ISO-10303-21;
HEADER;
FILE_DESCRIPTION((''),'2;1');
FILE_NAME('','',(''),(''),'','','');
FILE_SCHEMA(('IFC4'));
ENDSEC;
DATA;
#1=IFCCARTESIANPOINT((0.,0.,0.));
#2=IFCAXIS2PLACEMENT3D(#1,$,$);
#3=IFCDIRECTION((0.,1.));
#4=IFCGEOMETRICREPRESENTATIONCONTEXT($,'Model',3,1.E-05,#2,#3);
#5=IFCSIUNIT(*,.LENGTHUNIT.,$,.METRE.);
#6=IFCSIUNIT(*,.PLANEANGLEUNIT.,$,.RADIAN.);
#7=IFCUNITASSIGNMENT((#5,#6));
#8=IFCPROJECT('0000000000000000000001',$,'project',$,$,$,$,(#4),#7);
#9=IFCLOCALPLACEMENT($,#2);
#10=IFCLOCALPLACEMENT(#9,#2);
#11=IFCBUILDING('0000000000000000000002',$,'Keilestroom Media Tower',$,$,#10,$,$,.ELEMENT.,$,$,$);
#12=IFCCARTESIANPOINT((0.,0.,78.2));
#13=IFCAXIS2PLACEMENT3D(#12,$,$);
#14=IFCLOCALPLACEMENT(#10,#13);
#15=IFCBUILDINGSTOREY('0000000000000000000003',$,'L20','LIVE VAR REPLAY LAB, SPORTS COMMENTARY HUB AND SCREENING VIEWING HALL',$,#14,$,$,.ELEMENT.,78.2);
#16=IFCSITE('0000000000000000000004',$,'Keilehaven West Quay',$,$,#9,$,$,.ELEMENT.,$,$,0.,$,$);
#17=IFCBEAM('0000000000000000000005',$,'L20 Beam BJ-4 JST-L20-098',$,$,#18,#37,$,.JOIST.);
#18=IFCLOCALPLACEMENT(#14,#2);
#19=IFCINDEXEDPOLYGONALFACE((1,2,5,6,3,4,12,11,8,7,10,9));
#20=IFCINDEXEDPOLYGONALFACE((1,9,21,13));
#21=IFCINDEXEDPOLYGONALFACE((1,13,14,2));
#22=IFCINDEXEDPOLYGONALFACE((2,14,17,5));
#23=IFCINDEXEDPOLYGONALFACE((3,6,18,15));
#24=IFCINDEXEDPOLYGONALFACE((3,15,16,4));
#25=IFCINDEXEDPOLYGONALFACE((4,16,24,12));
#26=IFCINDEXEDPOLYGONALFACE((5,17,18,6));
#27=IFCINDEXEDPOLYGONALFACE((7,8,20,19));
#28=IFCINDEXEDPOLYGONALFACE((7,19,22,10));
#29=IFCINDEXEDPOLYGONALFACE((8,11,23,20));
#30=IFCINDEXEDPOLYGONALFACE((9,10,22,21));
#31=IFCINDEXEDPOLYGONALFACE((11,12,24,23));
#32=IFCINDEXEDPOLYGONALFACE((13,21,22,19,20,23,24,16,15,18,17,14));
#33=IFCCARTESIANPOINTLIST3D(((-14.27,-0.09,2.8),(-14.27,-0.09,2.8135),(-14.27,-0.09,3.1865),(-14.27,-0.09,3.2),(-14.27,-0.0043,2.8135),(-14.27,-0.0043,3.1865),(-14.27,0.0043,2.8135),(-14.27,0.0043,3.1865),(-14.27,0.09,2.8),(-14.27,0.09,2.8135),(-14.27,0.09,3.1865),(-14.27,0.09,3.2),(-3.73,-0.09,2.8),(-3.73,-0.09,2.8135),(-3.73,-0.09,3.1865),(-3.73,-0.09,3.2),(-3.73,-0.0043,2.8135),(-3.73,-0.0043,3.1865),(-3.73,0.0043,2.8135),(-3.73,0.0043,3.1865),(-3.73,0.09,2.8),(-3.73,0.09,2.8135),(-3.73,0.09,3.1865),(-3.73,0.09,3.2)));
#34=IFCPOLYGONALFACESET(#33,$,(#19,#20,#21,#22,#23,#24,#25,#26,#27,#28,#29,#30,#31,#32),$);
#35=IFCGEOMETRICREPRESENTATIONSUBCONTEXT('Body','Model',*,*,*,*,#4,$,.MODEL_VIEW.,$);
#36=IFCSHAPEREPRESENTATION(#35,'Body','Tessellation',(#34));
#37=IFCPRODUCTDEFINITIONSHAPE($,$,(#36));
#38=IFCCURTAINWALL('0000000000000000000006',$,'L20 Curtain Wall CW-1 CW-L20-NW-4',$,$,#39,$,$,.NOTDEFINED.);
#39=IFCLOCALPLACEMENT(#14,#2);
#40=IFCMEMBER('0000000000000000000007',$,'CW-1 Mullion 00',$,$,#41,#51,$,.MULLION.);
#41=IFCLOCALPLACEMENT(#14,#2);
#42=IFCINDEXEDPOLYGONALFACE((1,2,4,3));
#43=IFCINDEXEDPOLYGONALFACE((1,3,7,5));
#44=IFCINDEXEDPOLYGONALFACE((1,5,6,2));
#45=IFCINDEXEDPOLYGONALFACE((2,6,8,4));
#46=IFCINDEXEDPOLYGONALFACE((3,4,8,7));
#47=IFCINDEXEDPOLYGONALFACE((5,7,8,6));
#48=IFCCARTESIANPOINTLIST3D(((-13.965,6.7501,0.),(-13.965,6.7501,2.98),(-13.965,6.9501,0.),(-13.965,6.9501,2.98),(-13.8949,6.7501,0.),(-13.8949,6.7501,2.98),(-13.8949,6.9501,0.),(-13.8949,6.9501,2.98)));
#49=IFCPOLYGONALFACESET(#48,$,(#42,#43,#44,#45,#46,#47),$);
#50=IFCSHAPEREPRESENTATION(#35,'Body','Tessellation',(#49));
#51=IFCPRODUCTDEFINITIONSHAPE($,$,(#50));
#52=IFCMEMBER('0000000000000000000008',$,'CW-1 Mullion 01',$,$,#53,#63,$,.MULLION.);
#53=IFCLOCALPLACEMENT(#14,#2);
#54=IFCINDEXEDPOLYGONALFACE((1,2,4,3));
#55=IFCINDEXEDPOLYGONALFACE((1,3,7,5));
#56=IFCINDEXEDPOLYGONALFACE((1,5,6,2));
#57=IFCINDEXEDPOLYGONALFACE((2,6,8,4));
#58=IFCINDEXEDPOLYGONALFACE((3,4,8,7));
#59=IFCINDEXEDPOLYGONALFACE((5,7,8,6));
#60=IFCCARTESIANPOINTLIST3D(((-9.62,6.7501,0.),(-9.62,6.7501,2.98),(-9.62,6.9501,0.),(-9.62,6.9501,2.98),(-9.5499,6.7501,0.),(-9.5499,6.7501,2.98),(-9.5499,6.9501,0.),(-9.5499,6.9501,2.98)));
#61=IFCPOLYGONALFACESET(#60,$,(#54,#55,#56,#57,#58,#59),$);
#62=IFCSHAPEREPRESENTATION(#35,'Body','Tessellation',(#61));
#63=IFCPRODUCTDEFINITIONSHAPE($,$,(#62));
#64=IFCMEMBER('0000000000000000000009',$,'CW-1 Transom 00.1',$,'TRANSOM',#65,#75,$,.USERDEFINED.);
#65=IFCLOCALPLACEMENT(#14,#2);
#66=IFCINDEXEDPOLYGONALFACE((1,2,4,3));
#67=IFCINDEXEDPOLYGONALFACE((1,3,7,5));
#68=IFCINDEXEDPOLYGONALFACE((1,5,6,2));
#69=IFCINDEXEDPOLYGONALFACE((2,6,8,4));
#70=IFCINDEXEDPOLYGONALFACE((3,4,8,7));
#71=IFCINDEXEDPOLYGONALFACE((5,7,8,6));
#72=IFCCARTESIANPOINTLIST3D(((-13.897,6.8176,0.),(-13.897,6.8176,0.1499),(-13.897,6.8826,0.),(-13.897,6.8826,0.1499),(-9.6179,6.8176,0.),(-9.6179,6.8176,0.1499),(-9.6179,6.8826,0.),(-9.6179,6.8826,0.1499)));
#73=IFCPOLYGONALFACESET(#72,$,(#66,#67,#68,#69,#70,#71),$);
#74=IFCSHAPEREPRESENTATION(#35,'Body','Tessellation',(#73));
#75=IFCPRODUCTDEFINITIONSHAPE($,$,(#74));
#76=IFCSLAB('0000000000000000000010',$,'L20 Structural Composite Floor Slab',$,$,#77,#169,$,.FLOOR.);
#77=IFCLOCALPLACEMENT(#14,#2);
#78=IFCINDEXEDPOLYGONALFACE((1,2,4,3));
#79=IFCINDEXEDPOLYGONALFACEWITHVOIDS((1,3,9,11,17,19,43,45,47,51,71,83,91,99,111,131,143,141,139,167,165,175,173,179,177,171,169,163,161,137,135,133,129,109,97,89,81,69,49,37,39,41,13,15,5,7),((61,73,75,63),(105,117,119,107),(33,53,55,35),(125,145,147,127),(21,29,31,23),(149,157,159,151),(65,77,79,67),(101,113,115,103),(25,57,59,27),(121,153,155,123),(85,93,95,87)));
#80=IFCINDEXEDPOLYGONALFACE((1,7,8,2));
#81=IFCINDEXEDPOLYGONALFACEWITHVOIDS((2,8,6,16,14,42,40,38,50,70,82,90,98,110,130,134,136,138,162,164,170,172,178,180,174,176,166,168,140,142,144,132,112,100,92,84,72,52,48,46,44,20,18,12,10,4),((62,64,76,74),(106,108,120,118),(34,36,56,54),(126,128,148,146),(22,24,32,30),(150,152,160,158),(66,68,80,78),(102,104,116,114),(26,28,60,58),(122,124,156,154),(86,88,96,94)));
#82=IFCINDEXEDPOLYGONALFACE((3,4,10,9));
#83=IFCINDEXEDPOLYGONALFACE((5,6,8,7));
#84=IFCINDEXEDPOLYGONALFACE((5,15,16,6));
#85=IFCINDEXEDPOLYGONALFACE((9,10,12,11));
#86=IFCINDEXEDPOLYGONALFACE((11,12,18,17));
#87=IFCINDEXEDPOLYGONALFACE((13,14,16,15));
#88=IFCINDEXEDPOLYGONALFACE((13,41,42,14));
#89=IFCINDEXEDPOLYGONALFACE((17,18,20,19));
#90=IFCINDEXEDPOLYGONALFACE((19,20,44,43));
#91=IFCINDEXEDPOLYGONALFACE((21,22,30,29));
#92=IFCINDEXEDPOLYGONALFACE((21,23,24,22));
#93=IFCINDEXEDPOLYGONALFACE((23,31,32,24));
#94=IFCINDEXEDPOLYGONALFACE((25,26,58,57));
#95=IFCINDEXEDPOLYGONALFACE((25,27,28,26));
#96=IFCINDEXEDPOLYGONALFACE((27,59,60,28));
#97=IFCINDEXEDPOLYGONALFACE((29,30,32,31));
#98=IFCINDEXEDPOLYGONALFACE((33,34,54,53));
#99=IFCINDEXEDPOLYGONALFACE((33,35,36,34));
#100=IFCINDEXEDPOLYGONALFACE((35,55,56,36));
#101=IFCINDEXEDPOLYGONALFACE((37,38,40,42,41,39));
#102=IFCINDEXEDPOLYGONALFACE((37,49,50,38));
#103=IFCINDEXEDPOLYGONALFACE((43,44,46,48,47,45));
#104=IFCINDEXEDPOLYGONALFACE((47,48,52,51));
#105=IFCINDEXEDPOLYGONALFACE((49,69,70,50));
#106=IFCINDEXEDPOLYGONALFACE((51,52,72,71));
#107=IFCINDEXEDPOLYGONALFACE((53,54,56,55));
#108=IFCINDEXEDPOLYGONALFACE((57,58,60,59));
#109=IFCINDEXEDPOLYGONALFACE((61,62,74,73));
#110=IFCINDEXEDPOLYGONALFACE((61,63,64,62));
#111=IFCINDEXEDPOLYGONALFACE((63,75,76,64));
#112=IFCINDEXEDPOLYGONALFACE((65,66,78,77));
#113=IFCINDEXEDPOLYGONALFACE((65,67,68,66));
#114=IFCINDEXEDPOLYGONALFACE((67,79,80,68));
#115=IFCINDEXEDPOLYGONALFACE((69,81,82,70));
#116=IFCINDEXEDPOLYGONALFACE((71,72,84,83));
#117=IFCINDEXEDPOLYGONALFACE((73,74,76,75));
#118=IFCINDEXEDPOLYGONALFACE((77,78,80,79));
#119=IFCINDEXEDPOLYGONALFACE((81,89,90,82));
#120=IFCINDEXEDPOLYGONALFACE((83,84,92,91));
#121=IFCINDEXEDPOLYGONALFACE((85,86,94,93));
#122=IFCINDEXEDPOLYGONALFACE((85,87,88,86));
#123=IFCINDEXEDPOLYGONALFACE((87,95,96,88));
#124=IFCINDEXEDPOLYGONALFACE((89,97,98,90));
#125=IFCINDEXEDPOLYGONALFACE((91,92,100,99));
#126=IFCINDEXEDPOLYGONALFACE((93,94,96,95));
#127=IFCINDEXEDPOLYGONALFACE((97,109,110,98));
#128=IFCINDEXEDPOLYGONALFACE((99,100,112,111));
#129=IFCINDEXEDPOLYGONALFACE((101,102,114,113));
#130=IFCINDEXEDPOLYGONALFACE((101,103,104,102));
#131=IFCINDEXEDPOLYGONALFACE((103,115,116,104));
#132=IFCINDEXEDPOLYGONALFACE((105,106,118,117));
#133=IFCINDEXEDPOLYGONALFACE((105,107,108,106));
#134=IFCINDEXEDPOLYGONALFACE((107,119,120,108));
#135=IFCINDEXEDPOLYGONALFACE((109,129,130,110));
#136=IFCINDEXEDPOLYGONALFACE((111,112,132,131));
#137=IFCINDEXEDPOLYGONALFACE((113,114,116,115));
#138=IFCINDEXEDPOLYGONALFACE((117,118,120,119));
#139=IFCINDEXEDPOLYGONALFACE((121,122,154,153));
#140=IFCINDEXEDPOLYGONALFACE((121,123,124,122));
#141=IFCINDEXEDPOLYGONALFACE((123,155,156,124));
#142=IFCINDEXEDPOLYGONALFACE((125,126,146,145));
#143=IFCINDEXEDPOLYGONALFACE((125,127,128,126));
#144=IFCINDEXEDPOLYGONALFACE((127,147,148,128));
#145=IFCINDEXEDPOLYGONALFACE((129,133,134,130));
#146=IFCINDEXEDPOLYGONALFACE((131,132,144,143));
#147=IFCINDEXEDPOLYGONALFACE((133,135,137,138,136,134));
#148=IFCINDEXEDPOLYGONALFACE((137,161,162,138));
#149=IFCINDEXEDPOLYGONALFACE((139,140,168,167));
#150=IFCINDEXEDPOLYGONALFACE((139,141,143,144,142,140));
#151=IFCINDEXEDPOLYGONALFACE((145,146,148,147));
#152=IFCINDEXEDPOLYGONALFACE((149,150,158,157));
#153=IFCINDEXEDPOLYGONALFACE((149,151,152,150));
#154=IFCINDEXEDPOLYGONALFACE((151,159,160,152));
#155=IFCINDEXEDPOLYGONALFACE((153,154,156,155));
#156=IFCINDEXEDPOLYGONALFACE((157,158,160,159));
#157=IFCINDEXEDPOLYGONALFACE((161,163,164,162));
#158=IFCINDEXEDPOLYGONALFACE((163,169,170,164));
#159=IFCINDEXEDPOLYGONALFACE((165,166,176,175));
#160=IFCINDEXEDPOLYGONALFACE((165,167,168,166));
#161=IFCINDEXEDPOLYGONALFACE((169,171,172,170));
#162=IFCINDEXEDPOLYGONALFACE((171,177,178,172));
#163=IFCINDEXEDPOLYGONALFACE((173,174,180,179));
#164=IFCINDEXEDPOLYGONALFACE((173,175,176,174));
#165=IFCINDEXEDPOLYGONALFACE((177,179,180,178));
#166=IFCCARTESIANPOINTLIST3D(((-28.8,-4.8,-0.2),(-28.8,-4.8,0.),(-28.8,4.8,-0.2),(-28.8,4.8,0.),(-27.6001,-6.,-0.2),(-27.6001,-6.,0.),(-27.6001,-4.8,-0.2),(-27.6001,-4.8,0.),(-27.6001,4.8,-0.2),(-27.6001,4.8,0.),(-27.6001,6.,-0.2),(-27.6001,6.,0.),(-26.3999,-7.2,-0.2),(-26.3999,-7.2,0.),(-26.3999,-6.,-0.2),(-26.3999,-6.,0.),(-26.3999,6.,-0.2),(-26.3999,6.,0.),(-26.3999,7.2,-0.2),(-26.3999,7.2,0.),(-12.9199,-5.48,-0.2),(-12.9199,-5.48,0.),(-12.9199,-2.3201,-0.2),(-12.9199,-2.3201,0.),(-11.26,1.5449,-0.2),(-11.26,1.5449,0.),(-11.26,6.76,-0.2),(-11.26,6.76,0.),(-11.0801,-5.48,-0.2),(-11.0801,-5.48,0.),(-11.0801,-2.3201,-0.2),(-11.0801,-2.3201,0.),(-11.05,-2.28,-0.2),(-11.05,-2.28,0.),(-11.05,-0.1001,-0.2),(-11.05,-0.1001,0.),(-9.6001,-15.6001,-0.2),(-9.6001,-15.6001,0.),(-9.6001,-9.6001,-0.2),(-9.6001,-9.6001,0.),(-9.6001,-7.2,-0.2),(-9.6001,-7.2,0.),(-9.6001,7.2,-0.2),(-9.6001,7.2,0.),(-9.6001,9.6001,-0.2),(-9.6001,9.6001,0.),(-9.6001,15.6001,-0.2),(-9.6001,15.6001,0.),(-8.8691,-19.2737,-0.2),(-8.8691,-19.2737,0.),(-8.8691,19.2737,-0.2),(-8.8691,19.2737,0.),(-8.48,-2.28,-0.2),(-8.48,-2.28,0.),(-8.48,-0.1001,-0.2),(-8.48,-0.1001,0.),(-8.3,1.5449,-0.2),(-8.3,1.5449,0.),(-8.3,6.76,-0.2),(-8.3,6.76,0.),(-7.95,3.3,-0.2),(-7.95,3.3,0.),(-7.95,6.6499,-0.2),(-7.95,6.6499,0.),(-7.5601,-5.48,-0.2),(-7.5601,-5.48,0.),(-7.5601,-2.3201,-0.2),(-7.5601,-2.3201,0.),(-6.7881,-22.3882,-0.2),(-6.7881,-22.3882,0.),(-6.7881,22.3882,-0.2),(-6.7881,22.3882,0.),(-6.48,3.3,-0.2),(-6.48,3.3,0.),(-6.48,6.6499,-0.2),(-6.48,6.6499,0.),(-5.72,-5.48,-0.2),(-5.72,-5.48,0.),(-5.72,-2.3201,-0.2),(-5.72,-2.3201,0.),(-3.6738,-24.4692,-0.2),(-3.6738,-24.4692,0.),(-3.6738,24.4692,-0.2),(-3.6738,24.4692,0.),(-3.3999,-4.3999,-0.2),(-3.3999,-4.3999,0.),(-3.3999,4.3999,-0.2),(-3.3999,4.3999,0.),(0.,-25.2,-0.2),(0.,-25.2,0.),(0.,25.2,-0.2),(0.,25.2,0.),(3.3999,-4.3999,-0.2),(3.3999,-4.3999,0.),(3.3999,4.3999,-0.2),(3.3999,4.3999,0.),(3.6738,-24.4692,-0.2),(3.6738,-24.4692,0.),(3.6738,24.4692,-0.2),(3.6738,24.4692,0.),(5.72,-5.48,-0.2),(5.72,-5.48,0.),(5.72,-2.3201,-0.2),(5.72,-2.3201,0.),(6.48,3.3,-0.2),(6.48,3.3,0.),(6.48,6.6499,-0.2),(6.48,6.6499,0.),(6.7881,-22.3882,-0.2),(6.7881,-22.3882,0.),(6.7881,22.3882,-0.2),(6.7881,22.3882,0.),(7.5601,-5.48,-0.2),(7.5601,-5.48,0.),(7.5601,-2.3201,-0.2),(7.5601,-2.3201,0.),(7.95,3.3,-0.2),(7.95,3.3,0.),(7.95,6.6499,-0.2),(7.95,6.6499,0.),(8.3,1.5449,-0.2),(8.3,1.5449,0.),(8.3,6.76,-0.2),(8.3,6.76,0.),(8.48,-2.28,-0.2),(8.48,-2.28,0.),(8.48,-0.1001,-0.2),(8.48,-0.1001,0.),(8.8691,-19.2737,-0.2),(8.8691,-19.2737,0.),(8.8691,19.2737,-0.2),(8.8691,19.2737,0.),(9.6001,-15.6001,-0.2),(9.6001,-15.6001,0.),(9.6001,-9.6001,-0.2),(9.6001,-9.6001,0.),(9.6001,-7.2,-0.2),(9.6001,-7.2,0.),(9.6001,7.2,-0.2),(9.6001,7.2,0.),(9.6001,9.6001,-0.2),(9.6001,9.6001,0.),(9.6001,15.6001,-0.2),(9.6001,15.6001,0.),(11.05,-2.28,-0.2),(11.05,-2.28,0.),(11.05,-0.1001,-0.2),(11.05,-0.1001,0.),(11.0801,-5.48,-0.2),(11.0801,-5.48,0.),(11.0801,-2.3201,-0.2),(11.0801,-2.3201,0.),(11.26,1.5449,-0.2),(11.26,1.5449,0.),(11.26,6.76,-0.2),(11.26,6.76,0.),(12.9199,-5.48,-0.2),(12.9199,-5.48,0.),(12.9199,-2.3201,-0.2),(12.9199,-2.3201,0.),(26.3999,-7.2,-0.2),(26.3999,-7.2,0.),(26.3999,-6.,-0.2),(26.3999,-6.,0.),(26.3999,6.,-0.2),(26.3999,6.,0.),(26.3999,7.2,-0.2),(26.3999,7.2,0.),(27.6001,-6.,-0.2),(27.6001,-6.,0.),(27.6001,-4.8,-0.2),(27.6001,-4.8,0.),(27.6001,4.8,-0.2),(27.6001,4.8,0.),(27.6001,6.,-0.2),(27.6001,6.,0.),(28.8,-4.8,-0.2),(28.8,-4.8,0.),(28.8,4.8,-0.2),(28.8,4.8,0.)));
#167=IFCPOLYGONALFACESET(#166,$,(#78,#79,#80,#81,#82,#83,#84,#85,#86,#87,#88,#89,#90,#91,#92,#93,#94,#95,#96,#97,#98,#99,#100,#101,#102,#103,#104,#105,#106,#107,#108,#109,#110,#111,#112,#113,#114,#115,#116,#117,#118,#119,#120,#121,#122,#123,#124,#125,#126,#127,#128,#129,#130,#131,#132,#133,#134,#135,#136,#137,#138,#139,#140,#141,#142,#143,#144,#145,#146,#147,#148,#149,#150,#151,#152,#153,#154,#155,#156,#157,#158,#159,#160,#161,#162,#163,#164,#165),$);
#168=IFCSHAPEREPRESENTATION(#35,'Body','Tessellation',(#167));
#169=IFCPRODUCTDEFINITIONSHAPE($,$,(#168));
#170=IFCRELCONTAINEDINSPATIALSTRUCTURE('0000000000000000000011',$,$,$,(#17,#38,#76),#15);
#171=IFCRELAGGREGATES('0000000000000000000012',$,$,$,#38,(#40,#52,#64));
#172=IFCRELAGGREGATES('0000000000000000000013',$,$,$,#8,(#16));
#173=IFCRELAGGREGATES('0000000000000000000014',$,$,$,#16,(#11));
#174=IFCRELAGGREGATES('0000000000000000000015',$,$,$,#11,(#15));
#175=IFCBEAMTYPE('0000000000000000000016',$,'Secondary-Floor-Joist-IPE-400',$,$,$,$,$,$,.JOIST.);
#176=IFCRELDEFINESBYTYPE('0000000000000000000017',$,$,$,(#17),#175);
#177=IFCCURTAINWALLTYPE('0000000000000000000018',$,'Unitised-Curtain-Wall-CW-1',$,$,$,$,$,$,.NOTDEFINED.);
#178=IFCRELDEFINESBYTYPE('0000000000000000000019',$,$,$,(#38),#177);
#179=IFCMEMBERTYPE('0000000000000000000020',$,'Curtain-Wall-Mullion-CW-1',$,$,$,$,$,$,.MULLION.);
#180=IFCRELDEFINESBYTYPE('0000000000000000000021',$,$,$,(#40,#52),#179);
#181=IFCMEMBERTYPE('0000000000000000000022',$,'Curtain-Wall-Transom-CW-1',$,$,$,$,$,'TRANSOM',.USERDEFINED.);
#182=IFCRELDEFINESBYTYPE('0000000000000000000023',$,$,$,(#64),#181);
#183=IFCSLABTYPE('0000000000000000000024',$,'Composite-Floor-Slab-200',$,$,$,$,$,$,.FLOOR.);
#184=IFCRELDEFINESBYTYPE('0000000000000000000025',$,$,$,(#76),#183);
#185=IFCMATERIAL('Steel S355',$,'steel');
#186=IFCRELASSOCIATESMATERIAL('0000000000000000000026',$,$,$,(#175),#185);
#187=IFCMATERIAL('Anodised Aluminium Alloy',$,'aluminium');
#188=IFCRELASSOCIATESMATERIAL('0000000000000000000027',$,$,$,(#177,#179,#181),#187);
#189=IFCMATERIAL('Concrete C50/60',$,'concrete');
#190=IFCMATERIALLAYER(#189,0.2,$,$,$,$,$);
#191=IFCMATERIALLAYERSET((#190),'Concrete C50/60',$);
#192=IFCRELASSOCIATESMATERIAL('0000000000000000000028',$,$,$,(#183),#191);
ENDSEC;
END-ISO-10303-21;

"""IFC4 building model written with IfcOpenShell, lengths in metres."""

from ifc_helpers import new_model, si_unit, direction, frame, origin, origin_2d, place, context, subcontext, project, spatial, polyline, rectangle, i_section, outline, extrude, source, transform, mapped, material, layer, layer_set, material_profile, profile_set, type_object, element, aggregate, save


model = new_model("IFC4")

# Units and contexts
model_context = context("Model", 3, precision=1e-05, world=origin(), true_north=direction((0.0, 1.0)))
body_context = subcontext(model_context, "Body", "Model", "MODEL_VIEW")
ifc_project = project(units=[si_unit("LENGTHUNIT", "METRE"), si_unit("PLANEANGLEUNIT", "RADIAN")], contexts=[model_context])

# Site, building, storey
site_placement = place(None, origin())
site = spatial("IfcSite", under=ifc_project, at=site_placement, Name="Keilehaven West Quay", CompositionType="ELEMENT", RefElevation=0.0)
building_placement = place(site_placement, origin())
building = spatial("IfcBuilding", under=site, at=building_placement, Name="Keilestroom Media Tower", CompositionType="ELEMENT")
storey_placement = place(building_placement, frame((0.0, 0.0, 78.2)))
storey = spatial("IfcBuildingStorey", under=building, at=storey_placement, Name="L20", Description="LIVE VAR REPLAY LAB, SPORTS COMMENTARY HUB AND SCREENING VIEWING HALL", CompositionType="ELEMENT", Elevation=78.2)

# Beam
ifc_material_1 = material(Name="Steel S355", Category="steel")
ifc_material_profile_1 = material_profile(ifc_material_1, i_section(OverallWidth=0.1799, OverallDepth=0.3999, WebThickness=0.0085, FlangeThickness=0.0134, at=origin_2d()), Name="IPE 400")
ifc_profile_set_1 = profile_set([ifc_material_profile_1], Name="Steel S355")
beam_type = type_object("IfcBeamType", Name="Secondary-Floor-Joist-IPE-400", PredefinedType="JOIST", material=ifc_profile_set_1)
shared_shape_1 = source(origin(), body_context, "Body", "SweptSolid", [
    extrude(i_section(OverallWidth=0.1799, OverallDepth=0.3999, WebThickness=0.0085, FlangeThickness=0.0134, at=origin_2d()), origin(), (0.0, 0.0, 1.0), 10.54),
])
beam_placement = place(storey_placement, frame((-14.27, 0.0, 3.0), z_axis=(1.0, 0.0, 0.0), x_axis=(0.0, 1.0, 0.0)))
element("IfcBeam", 1, at=beam_placement, inside=storey, type_object=beam_type, Name="L20 Beam BJ-4 JST-L20-098", PredefinedType="JOIST", context=body_context, shape_type="MappedRepresentation", body=[
    mapped(shared_shape_1, transform((0.0, 0.0, 0.0), x_axis=(1.0, 0.0, 0.0), y_axis=(0.0, 1.0, 0.0), z_axis=(0.0, 0.0, 1.0), scale=1.0)),
])

# Curtain wall, members
ifc_material_2 = material(Name="Anodised Aluminium Alloy", Category="aluminium")
curtain_wall_type = type_object("IfcCurtainWallType", Name="Unitised-Curtain-Wall-CW-1", PredefinedType="NOTDEFINED", material=ifc_material_2)
curtain_wall_placement = place(storey_placement, origin())
curtain_wall = element("IfcCurtainWall", 2, at=curtain_wall_placement, inside=storey, type_object=curtain_wall_type, Name="L20 Curtain Wall CW-1 CW-L20-NW-4", PredefinedType="NOTDEFINED")
ifc_material_profile_2 = material_profile(ifc_material_2, rectangle(XDim=0.0701, YDim=0.2, at=origin_2d()), Name="ALU MULLION 70x200")
ifc_profile_set_2 = profile_set([ifc_material_profile_2], Name="Anodised Aluminium Alloy")
member_type_1 = type_object("IfcMemberType", Name="Curtain-Wall-Mullion-CW-1", PredefinedType="MULLION", material=ifc_profile_set_2)
shared_shape_2 = source(origin(), body_context, "Body", "SweptSolid", [
    extrude(rectangle(XDim=0.0701, YDim=0.2, at=origin_2d()), origin(), (0.0, 0.0, 1.0), 2.98),
])
member_1_placement = place(storey_placement, frame((-13.9299, 6.8501, 0.0), z_axis=(0.0, 0.0, 1.0), x_axis=(1.0, 0.0, 0.0)))
member_1 = element("IfcMember", 3, at=member_1_placement, type_object=member_type_1, Name="CW-1 Mullion 00", PredefinedType="MULLION", context=body_context, shape_type="MappedRepresentation", body=[
    mapped(shared_shape_2, transform((0.0, 0.0, 0.0), x_axis=(1.0, 0.0, 0.0), y_axis=(0.0, 1.0, 0.0), z_axis=(0.0, 0.0, 1.0), scale=1.0)),
])
member_2_placement = place(storey_placement, frame((-9.585, 6.8501, 0.0), z_axis=(0.0, 0.0, 1.0), x_axis=(1.0, 0.0, 0.0)))
member_2 = element("IfcMember", 4, at=member_2_placement, type_object=member_type_1, Name="CW-1 Mullion 01", PredefinedType="MULLION", context=body_context, shape_type="MappedRepresentation", body=[
    mapped(shared_shape_2, transform((0.0, 0.0, 0.0), x_axis=(1.0, 0.0, 0.0), y_axis=(0.0, 1.0, 0.0), z_axis=(0.0, 0.0, 1.0), scale=1.0)),
])
ifc_material_profile_3 = material_profile(ifc_material_2, rectangle(XDim=0.0649, YDim=0.1499, at=origin_2d()), Name="ALU TRANSOM 65x150")
ifc_profile_set_3 = profile_set([ifc_material_profile_3], Name="Anodised Aluminium Alloy")
member_type_2 = type_object("IfcMemberType", Name="Curtain-Wall-Transom-CW-1", ElementType="TRANSOM", PredefinedType="USERDEFINED", material=ifc_profile_set_3)
shared_shape_3 = source(origin(), body_context, "Body", "SweptSolid", [
    extrude(rectangle(XDim=0.0649, YDim=0.1499, at=origin_2d()), origin(), (0.0, 0.0, 1.0), 4.2791),
])
member_3_placement = place(storey_placement, frame((-13.897, 6.8501, 0.075), z_axis=(1.0, 0.0, 0.0), x_axis=(0.0, 1.0, 0.0)))
member_3 = element("IfcMember", 5, at=member_3_placement, type_object=member_type_2, Name="CW-1 Transom 00.1", ObjectType="TRANSOM", PredefinedType="USERDEFINED", context=body_context, shape_type="MappedRepresentation", body=[
    mapped(shared_shape_3, transform((0.0, 0.0, 0.0), x_axis=(1.0, 0.0, 0.0), y_axis=(0.0, 1.0, 0.0), z_axis=(0.0, 0.0, 1.0), scale=1.0)),
])

# Slab
ifc_material_3 = material(Name="Concrete C50/60", Category="concrete")
ifc_layer_1 = layer(ifc_material_3, 0.2)
ifc_layer_set_1 = layer_set([ifc_layer_1], Name="Concrete C50/60")
slab_type = type_object("IfcSlabType", Name="Composite-Floor-Slab-200", PredefinedType="FLOOR", material=ifc_layer_set_1)
slab_placement = place(storey_placement, frame((0.0, 0.0, -0.2)))
element("IfcSlab", 6, at=slab_placement, inside=storey, type_object=slab_type, Name="L20 Structural Composite Floor Slab", PredefinedType="FLOOR", context=body_context, shape_type="SweptSolid", body=[
    extrude(outline(polyline([(28.8, -4.8), (28.8, 4.8), (27.6001, 4.8), (27.6001, 6.0), (26.3999, 6.0), (26.3999, 7.2), (9.6001, 7.2), (9.6001, 9.6001), (9.6001, 15.6001), (8.8691, 19.2737), (6.7881, 22.3882), (3.6738, 24.4692), (0.0, 25.2), (-3.6738, 24.4692), (-6.7881, 22.3882), (-8.8691, 19.2737), (-9.6001, 15.6001), (-9.6001, 9.6001), (-9.6001, 7.2), (-26.3999, 7.2), (-26.3999, 6.0), (-27.6001, 6.0), (-27.6001, 4.8), (-28.8, 4.8), (-28.8, -4.8), (-27.6001, -4.8), (-27.6001, -6.0), (-26.3999, -6.0), (-26.3999, -7.2), (-9.6001, -7.2), (-9.6001, -9.6001), (-9.6001, -15.6001), (-8.8691, -19.2737), (-6.7881, -22.3882), (-3.6738, -24.4692), (0.0, -25.2), (3.6738, -24.4692), (6.7881, -22.3882), (8.8691, -19.2737), (9.6001, -15.6001), (9.6001, -9.6001), (9.6001, -7.2), (26.3999, -7.2), (26.3999, -6.0), (27.6001, -6.0), (27.6001, -4.8), (28.8, -4.8)]), holes=[polyline([(-12.9199, -5.48), (-12.9199, -2.3201), (-11.0801, -2.3201), (-11.0801, -5.48), (-12.9199, -5.48)]), polyline([(-11.26, 1.5449), (-11.26, 6.76), (-8.3, 6.76), (-8.3, 1.5449), (-11.26, 1.5449)]), polyline([(-11.05, -2.28), (-11.05, -0.1001), (-8.48, -0.1001), (-8.48, -2.28), (-11.05, -2.28)]), polyline([(-7.95, 3.3), (-7.95, 6.6499), (-6.48, 6.6499), (-6.48, 3.3), (-7.95, 3.3)]), polyline([(-7.5601, -5.48), (-7.5601, -2.3201), (-5.72, -2.3201), (-5.72, -5.48), (-7.5601, -5.48)]), polyline([(-3.3999, -4.3999), (-3.3999, 4.3999), (3.3999, 4.3999), (3.3999, -4.3999), (-3.3999, -4.3999)]), polyline([(5.72, -5.48), (5.72, -2.3201), (7.5601, -2.3201), (7.5601, -5.48), (5.72, -5.48)]), polyline([(7.95, 6.6499), (7.95, 3.3), (6.48, 3.3), (6.48, 6.6499), (7.95, 6.6499)]), polyline([(8.3, 6.76), (11.26, 6.76), (11.26, 1.5449), (8.3, 1.5449), (8.3, 6.76)]), polyline([(8.48, -2.28), (8.48, -0.1001), (11.05, -0.1001), (11.05, -2.28), (8.48, -2.28)]), polyline([(12.9199, -5.48), (11.0801, -5.48), (11.0801, -2.3201), (12.9199, -2.3201), (12.9199, -5.48)])]), origin(), (0.0, 0.0, 1.0), 0.2),
])

aggregate(curtain_wall, [member_1, member_2, member_3])

save(model, "model.ifc")
